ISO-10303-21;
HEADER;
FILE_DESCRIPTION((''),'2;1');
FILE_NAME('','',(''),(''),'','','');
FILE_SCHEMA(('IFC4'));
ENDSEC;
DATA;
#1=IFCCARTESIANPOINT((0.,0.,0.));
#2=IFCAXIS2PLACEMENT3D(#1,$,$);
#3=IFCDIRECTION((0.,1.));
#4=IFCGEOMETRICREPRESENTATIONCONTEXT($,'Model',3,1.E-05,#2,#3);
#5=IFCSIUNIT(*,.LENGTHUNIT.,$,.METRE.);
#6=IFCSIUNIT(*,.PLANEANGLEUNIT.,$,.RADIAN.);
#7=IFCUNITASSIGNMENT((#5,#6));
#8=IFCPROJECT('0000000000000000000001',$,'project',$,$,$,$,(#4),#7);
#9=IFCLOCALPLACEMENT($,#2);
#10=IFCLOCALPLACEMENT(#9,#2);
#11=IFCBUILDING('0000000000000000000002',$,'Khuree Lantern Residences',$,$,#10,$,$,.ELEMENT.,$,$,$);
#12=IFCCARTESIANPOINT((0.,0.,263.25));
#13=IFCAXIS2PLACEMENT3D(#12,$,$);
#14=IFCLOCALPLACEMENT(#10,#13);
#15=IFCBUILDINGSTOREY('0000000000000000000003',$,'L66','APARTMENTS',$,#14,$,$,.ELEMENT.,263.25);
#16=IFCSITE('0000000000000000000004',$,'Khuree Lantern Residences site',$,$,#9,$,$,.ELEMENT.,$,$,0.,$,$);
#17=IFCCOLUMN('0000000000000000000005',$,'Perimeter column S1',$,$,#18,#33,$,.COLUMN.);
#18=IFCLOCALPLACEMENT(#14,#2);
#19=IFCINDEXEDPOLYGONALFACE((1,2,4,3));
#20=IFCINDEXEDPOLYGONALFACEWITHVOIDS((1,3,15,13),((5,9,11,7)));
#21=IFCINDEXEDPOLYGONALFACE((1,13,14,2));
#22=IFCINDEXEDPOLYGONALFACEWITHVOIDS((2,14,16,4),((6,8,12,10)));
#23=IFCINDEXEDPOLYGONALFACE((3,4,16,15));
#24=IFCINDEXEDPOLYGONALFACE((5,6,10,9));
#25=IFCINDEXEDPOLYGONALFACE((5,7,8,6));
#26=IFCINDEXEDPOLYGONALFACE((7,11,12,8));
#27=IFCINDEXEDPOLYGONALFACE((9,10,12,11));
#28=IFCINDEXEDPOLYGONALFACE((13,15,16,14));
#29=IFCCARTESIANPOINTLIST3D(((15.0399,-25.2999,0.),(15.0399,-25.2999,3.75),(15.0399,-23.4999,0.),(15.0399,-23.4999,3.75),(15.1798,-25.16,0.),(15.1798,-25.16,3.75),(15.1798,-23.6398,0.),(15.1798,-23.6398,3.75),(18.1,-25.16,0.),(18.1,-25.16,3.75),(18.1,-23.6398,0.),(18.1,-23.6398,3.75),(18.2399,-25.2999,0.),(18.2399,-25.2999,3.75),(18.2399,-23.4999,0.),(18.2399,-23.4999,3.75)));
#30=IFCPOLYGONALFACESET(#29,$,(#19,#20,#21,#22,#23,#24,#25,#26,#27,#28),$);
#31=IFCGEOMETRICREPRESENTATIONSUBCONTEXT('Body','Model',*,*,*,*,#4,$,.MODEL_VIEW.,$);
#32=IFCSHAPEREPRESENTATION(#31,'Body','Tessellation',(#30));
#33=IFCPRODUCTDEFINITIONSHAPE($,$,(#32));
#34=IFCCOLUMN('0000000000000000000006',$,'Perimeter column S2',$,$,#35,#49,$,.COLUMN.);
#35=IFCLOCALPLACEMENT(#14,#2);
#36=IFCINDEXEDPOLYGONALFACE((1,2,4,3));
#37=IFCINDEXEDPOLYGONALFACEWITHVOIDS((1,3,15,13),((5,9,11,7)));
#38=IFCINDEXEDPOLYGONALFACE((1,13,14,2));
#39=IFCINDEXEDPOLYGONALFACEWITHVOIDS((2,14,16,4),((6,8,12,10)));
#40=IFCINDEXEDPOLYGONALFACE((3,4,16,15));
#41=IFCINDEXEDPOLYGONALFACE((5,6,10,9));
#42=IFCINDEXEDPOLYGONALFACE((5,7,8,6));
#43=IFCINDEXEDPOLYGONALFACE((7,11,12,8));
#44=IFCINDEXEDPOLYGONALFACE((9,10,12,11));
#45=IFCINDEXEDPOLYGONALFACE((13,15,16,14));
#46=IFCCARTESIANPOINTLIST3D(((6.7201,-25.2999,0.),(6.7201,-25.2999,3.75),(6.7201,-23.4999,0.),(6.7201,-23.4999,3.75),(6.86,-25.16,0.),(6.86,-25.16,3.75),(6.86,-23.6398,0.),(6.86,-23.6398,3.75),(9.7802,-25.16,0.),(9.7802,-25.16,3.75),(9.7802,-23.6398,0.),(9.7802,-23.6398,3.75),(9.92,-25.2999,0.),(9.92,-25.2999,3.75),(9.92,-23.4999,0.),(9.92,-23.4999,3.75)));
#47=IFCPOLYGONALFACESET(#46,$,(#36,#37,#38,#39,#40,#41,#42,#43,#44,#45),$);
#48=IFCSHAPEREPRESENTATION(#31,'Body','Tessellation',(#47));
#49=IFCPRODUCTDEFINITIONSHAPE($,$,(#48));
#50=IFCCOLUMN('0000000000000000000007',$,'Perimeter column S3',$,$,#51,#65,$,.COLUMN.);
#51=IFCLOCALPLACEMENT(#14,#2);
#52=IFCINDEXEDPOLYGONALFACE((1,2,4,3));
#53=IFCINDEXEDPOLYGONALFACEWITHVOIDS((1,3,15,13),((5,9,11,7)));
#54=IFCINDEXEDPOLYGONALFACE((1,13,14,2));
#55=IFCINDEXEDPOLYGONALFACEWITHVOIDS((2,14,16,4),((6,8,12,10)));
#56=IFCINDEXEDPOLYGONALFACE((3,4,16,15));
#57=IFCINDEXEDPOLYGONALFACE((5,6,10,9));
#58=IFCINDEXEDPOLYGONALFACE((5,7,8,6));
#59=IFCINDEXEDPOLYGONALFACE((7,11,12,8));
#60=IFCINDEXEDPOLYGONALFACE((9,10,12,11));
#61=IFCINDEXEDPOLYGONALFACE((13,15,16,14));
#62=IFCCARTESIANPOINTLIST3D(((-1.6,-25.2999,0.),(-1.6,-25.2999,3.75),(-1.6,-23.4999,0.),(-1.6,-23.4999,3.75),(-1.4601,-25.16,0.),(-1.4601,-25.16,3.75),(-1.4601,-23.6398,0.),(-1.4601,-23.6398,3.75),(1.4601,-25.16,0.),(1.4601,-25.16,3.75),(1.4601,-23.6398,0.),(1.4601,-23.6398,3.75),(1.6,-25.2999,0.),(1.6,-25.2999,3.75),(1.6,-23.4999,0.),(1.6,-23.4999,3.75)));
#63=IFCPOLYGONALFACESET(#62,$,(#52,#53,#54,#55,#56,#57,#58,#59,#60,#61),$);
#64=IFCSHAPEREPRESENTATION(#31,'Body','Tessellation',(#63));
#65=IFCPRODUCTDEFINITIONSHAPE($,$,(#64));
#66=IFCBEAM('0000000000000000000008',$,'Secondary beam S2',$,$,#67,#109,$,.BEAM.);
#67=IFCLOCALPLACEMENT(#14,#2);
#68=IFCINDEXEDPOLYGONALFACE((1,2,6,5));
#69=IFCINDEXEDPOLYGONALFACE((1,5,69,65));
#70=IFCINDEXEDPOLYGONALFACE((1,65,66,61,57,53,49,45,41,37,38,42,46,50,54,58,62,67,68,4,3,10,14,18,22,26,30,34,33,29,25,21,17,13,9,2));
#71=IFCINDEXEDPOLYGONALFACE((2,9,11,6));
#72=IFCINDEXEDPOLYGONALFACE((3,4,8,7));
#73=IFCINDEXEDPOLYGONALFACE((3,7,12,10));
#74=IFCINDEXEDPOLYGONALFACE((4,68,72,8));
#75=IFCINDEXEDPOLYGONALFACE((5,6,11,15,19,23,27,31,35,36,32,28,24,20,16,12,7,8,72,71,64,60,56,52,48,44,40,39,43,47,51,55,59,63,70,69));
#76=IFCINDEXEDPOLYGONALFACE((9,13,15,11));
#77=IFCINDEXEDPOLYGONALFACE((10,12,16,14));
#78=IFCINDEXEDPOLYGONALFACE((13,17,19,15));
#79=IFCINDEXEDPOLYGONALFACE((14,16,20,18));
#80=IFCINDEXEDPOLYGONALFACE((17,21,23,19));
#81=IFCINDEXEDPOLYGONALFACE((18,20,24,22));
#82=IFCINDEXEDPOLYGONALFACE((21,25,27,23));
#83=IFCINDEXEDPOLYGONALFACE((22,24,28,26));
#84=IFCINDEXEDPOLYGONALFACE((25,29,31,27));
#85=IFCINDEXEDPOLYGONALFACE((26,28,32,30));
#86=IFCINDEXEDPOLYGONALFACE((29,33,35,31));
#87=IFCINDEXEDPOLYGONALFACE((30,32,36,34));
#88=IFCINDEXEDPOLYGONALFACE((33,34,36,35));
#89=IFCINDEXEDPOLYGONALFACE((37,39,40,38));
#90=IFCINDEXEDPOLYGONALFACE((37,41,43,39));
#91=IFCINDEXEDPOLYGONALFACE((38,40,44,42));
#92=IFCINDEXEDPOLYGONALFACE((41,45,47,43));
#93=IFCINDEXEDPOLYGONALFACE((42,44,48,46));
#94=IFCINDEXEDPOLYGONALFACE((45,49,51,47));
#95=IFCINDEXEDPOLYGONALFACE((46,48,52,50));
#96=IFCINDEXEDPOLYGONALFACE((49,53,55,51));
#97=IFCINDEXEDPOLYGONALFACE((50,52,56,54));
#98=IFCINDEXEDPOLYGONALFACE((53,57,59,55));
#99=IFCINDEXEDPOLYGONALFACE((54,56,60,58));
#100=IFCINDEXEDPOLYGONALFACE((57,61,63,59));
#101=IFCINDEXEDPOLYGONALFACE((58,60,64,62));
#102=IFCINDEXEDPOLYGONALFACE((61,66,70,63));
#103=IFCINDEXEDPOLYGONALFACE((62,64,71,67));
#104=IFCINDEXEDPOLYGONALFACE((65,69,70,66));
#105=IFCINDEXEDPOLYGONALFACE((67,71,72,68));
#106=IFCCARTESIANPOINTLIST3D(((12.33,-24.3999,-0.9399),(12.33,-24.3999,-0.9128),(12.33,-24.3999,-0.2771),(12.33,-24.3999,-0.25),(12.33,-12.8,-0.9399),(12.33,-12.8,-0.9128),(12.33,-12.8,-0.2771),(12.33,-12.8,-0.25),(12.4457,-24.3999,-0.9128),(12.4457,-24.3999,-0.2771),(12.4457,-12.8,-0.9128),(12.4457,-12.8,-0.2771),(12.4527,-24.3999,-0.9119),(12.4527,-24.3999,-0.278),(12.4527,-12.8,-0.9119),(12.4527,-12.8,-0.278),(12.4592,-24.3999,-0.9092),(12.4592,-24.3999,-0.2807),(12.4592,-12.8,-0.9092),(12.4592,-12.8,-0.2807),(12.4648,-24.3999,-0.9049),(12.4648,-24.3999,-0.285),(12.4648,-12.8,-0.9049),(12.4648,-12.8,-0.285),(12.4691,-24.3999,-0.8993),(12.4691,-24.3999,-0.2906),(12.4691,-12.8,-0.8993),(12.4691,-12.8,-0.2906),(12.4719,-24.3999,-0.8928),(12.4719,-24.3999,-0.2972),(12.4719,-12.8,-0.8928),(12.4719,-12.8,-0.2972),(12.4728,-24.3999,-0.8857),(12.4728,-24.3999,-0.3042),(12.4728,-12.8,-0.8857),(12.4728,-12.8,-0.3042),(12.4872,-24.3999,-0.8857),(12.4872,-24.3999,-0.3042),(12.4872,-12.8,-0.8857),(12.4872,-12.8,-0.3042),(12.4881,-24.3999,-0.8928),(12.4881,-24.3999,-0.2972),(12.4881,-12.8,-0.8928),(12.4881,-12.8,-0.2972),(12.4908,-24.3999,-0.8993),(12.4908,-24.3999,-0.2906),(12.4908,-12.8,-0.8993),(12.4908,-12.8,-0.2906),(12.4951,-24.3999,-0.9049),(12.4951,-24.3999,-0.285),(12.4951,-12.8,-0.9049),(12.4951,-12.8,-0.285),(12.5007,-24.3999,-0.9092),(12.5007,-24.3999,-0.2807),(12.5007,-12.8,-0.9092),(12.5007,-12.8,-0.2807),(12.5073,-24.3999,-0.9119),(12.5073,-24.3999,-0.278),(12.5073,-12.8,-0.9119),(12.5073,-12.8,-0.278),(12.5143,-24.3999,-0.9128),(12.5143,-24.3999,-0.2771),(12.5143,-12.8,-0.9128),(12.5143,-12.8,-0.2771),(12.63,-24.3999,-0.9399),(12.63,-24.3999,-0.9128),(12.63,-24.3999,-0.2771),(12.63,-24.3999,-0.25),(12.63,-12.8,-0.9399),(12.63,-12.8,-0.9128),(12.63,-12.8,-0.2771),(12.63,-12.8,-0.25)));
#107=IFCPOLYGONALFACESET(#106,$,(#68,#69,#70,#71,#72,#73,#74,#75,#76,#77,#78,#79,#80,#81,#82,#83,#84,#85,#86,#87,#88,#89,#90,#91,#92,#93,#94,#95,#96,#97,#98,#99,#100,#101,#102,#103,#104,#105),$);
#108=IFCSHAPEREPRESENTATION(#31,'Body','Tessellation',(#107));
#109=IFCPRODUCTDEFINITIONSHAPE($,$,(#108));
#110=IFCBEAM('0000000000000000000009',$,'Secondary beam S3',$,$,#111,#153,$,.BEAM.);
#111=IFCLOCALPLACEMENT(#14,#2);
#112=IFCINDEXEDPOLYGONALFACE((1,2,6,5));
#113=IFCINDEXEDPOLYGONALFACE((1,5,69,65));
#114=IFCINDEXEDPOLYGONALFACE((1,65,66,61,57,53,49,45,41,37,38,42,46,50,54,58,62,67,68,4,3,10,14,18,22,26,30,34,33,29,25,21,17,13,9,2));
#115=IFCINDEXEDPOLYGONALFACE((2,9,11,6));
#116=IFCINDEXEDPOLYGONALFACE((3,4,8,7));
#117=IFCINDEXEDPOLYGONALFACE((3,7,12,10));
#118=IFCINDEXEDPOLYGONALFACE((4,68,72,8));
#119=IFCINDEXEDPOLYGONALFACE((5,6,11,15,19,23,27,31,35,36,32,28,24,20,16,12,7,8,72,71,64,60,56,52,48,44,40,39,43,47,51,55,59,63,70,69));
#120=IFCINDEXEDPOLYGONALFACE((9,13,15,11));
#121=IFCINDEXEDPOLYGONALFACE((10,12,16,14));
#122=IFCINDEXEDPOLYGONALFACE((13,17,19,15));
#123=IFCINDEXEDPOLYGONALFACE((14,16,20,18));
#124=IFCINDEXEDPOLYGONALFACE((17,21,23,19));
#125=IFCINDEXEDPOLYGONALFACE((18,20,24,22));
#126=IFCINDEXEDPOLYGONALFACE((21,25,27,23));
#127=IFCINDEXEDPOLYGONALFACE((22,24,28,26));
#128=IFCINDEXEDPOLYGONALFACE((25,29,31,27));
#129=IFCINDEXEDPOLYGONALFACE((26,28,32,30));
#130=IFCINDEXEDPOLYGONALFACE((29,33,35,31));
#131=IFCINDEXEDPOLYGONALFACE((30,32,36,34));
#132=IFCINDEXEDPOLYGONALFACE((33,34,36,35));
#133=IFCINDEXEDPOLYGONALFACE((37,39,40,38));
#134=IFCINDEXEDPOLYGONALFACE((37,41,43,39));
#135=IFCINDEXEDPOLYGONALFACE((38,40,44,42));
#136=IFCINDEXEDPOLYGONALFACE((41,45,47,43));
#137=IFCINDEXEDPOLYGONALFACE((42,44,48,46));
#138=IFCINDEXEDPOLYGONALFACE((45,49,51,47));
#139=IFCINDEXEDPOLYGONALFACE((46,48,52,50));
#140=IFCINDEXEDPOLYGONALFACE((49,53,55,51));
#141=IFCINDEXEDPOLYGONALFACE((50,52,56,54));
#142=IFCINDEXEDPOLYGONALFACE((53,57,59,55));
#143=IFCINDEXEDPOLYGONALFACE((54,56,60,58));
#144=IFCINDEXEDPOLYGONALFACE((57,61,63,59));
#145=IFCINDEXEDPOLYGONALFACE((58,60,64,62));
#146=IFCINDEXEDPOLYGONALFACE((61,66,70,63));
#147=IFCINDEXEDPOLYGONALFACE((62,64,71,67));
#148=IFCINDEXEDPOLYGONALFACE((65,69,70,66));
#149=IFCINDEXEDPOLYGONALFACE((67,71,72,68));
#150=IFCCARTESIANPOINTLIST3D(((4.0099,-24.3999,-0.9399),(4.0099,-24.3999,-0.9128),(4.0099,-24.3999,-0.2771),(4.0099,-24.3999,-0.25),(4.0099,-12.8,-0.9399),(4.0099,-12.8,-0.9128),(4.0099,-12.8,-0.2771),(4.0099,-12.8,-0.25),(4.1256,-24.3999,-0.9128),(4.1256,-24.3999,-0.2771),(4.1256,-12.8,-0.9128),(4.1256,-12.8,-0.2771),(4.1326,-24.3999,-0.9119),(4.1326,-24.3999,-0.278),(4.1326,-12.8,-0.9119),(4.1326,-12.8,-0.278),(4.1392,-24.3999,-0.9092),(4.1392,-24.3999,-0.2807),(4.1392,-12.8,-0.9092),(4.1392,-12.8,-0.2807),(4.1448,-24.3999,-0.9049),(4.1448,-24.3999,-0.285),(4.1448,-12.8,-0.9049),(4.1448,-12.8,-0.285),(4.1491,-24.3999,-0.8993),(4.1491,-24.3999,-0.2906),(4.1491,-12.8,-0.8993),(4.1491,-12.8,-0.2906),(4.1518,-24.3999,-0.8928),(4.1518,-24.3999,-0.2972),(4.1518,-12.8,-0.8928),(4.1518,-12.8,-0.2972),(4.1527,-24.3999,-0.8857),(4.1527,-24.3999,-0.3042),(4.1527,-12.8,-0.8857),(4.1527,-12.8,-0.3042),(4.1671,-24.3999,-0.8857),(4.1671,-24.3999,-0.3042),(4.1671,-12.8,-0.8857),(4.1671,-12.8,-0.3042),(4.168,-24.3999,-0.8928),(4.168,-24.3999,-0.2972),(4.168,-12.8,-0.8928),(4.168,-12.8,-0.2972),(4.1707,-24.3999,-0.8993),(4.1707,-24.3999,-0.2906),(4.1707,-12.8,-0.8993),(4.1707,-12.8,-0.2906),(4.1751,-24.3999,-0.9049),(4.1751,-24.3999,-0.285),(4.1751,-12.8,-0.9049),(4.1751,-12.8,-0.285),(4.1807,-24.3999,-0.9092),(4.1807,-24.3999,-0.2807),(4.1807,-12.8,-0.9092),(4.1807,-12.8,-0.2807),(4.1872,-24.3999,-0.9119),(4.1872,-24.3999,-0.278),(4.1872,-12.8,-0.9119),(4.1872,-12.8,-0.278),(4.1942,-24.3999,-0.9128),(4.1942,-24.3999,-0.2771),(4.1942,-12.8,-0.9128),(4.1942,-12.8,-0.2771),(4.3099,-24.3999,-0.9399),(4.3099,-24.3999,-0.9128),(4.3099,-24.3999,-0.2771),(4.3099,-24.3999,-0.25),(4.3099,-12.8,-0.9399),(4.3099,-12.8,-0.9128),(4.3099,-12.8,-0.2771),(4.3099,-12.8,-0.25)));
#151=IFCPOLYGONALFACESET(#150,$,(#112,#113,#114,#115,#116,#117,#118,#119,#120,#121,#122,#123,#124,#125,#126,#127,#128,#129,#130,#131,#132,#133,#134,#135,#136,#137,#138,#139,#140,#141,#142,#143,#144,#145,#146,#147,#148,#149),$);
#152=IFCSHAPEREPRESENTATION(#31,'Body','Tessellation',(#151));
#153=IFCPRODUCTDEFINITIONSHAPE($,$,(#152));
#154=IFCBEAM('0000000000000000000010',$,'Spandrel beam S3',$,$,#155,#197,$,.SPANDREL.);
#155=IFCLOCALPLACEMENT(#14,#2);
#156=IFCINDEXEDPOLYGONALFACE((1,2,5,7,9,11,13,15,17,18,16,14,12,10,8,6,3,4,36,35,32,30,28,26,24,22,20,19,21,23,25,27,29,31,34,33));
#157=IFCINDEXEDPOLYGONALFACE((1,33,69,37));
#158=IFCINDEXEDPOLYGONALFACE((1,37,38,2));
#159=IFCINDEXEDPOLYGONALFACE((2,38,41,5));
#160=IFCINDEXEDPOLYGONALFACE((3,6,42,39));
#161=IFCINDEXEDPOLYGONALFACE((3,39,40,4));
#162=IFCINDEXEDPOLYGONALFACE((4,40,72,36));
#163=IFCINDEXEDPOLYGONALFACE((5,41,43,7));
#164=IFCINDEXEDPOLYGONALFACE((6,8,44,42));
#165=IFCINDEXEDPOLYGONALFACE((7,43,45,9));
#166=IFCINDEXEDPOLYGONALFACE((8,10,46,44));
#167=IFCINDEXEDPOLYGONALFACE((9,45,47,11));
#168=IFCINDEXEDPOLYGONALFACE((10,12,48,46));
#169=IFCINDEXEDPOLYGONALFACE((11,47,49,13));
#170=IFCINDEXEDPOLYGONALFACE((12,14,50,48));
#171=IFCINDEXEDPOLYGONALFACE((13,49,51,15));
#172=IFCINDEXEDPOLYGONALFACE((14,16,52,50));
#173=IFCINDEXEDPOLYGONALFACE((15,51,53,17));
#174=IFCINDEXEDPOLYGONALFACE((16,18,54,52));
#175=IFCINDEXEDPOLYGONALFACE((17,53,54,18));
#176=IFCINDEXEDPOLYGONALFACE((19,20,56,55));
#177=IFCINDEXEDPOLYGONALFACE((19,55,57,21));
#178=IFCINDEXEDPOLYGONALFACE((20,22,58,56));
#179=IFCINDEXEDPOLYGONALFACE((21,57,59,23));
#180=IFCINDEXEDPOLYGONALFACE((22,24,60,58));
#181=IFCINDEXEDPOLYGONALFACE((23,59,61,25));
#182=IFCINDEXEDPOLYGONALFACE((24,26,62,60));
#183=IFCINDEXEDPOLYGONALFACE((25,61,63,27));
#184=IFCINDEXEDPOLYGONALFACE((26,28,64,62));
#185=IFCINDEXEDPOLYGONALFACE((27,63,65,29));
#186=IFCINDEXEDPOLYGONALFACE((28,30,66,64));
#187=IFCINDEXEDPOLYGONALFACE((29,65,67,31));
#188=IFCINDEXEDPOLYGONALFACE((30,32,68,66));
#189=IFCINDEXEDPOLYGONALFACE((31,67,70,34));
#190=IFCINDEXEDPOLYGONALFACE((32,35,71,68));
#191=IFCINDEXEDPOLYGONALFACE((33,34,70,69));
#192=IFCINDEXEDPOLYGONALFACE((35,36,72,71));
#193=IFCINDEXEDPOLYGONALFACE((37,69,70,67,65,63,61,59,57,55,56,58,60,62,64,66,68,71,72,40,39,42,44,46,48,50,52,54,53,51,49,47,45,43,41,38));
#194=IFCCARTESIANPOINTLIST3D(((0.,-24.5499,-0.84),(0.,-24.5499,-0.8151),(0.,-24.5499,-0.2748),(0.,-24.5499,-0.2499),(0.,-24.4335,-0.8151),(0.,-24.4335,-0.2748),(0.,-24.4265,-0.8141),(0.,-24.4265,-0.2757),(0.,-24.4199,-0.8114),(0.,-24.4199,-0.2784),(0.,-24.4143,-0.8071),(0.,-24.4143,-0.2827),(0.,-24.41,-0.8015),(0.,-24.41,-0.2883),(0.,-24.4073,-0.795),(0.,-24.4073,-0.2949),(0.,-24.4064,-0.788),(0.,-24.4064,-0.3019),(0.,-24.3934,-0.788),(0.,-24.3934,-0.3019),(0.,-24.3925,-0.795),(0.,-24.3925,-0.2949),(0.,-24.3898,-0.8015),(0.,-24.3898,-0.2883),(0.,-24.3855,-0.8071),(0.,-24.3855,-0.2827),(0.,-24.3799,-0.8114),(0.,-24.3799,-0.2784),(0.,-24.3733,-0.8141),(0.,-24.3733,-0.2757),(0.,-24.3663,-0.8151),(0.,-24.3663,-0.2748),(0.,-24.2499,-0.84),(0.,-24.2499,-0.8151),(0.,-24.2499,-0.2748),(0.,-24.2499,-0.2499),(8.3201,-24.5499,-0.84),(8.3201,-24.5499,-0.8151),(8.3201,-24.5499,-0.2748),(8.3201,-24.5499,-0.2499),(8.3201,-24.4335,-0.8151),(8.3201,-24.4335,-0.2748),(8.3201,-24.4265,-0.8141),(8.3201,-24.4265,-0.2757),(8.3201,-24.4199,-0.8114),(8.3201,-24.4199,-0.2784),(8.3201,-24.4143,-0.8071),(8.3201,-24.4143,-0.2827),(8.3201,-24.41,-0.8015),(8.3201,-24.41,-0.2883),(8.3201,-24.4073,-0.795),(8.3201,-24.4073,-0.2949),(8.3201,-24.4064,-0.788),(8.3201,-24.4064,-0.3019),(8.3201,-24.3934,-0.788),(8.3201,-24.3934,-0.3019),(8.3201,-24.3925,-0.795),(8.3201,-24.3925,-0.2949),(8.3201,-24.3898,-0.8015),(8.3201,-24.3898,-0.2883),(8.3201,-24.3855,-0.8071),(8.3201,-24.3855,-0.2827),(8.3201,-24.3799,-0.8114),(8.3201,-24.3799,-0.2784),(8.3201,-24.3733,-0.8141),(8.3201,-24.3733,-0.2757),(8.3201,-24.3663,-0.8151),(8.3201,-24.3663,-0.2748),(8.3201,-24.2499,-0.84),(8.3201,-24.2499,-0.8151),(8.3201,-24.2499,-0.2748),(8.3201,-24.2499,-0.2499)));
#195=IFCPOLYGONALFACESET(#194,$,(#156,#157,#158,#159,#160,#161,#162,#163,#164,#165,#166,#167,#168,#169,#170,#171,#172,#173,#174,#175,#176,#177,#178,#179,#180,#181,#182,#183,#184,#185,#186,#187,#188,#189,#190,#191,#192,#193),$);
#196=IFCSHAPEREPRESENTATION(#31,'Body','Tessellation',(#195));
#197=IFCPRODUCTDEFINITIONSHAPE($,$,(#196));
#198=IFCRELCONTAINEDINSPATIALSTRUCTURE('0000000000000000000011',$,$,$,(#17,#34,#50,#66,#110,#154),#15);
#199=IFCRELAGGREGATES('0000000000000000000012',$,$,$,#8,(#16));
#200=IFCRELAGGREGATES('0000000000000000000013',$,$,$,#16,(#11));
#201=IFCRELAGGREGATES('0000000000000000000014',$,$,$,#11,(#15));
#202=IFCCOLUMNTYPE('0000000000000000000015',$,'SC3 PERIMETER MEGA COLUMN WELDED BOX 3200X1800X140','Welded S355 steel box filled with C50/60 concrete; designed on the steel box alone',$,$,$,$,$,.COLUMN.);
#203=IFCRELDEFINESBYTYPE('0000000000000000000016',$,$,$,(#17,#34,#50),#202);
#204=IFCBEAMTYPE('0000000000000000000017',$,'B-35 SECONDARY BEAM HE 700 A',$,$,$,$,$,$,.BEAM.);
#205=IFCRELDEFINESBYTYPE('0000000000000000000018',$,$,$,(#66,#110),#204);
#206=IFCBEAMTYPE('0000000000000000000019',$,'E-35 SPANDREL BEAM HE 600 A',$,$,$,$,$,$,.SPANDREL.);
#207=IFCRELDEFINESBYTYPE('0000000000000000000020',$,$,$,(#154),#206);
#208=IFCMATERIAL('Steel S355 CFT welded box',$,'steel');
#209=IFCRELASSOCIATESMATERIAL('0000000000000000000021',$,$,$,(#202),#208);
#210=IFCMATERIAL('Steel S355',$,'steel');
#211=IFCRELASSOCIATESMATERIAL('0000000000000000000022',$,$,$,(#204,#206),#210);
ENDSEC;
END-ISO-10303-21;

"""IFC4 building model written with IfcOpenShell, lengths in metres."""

from ifc_helpers import new_model, si_unit, direction, frame, origin, origin_2d, place, context, subcontext, project, spatial, hollow_rectangle, i_section, extrude, material, material_profile, profile_set, type_object, element, save


model = new_model("IFC4")

# Units and contexts
model_context = context("Model", 3, precision=1e-05, world=origin(), true_north=direction((0.0, 1.0)))
body_context = subcontext(model_context, "Body", "Model", "MODEL_VIEW")
ifc_project = project(units=[si_unit("LENGTHUNIT", "METRE"), si_unit("PLANEANGLEUNIT", "RADIAN")], contexts=[model_context])

# Site, building, storey
site_placement = place(None, origin())
site = spatial("IfcSite", under=ifc_project, at=site_placement, Name="Khuree Lantern Residences site", CompositionType="ELEMENT", RefElevation=0.0)
building_placement = place(site_placement, origin())
building = spatial("IfcBuilding", under=site, at=building_placement, Name="Khuree Lantern Residences", CompositionType="ELEMENT")
storey_placement = place(building_placement, frame((0.0, 0.0, 263.25)))
storey = spatial("IfcBuildingStorey", under=building, at=storey_placement, Name="L66", Description="APARTMENTS", CompositionType="ELEMENT", Elevation=263.25)

# Columns
ifc_material_1 = material(Name="Steel S355 CFT welded box", Category="steel")
ifc_material_profile_1 = material_profile(ifc_material_1, hollow_rectangle(XDim=3.2, YDim=1.8, WallThickness=0.1399, at=origin_2d()), Name="WELDED BOX 3200X1800X140")
ifc_profile_set_1 = profile_set([ifc_material_profile_1], Name="Steel S355 CFT welded box")
column_type = type_object("IfcColumnType", Name="SC3 PERIMETER MEGA COLUMN WELDED BOX 3200X1800X140", Description="Welded S355 steel box filled with C50/60 concrete; designed on the steel box alone", PredefinedType="COLUMN", material=ifc_profile_set_1)
for number, where, z_axis, x_axis, name in (
    (1, (16.6399, -24.3999, 0.0), (0.0, 0.0, 1.0), (1.0, 0.0, 0.0), "Perimeter column S1"),
    (2, (8.3201, -24.3999, 0.0), (0.0, 0.0, 1.0), (1.0, 0.0, 0.0), "Perimeter column S2"),
    (3, (0.0, -24.3999, 0.0), (0.0, 0.0, 1.0), (1.0, 0.0, 0.0), "Perimeter column S3"),
):
    element("IfcColumn", number, at=place(storey_placement, frame(where, z_axis=z_axis, x_axis=x_axis)), inside=storey, type_object=column_type, Name=name, PredefinedType="COLUMN", context=body_context, shape_type="SweptSolid", body=[
        extrude(hollow_rectangle(XDim=3.2, YDim=1.8, WallThickness=0.1399, at=origin_2d()), origin(), (0.0, 0.0, 1.0), 3.75),
    ])

# Beams
ifc_material_2 = material(Name="Steel S355", Category="steel")
ifc_material_profile_2 = material_profile(ifc_material_2, i_section(OverallWidth=0.3, OverallDepth=0.6899, WebThickness=0.0144, FlangeThickness=0.0271, FilletRadius=0.0271, at=origin_2d()), Name="HE 700 A")
ifc_profile_set_2 = profile_set([ifc_material_profile_2], Name="Steel S355")
beam_type_1 = type_object("IfcBeamType", Name="B-35 SECONDARY BEAM HE 700 A", PredefinedType="BEAM", material=ifc_profile_set_2)
for number, where, z_axis, x_axis, name in (
    (4, (12.48, -24.3999, -0.595), (0.0, 1.0, 0.0), (-1.0, 0.0, 0.0), "Secondary beam S2"),
    (5, (4.1599, -24.3999, -0.595), (0.0, 1.0, 0.0), (-1.0, 0.0, 0.0), "Secondary beam S3"),
):
    element("IfcBeam", number, at=place(storey_placement, frame(where, z_axis=z_axis, x_axis=x_axis)), inside=storey, type_object=beam_type_1, Name=name, PredefinedType="BEAM", context=body_context, shape_type="SweptSolid", body=[
        extrude(i_section(OverallWidth=0.3, OverallDepth=0.6899, WebThickness=0.0144, FlangeThickness=0.0271, FilletRadius=0.0271, at=origin_2d()), origin(), (0.0, 0.0, 1.0), 11.5999),
    ])
ifc_material_profile_3 = material_profile(ifc_material_2, i_section(OverallWidth=0.3, OverallDepth=0.5901, WebThickness=0.0129, FlangeThickness=0.0249, FilletRadius=0.0271, at=origin_2d()), Name="HE 600 A")
ifc_profile_set_3 = profile_set([ifc_material_profile_3], Name="Steel S355")
beam_type_2 = type_object("IfcBeamType", Name="E-35 SPANDREL BEAM HE 600 A", PredefinedType="SPANDREL", material=ifc_profile_set_3)
for number, where, z_axis, x_axis, name in (
    (6, (8.3201, -24.3999, -0.5449), (-1.0, 0.0, 0.0), (0.0, -1.0, 0.0), "Spandrel beam S3"),
):
    element("IfcBeam", number, at=place(storey_placement, frame(where, z_axis=z_axis, x_axis=x_axis)), inside=storey, type_object=beam_type_2, Name=name, PredefinedType="SPANDREL", context=body_context, shape_type="SweptSolid", body=[
        extrude(i_section(OverallWidth=0.3, OverallDepth=0.5901, WebThickness=0.0129, FlangeThickness=0.0249, FilletRadius=0.0271, at=origin_2d()), origin(), (0.0, 0.0, 1.0), 8.3201),
    ])

save(model, "model.ifc")
